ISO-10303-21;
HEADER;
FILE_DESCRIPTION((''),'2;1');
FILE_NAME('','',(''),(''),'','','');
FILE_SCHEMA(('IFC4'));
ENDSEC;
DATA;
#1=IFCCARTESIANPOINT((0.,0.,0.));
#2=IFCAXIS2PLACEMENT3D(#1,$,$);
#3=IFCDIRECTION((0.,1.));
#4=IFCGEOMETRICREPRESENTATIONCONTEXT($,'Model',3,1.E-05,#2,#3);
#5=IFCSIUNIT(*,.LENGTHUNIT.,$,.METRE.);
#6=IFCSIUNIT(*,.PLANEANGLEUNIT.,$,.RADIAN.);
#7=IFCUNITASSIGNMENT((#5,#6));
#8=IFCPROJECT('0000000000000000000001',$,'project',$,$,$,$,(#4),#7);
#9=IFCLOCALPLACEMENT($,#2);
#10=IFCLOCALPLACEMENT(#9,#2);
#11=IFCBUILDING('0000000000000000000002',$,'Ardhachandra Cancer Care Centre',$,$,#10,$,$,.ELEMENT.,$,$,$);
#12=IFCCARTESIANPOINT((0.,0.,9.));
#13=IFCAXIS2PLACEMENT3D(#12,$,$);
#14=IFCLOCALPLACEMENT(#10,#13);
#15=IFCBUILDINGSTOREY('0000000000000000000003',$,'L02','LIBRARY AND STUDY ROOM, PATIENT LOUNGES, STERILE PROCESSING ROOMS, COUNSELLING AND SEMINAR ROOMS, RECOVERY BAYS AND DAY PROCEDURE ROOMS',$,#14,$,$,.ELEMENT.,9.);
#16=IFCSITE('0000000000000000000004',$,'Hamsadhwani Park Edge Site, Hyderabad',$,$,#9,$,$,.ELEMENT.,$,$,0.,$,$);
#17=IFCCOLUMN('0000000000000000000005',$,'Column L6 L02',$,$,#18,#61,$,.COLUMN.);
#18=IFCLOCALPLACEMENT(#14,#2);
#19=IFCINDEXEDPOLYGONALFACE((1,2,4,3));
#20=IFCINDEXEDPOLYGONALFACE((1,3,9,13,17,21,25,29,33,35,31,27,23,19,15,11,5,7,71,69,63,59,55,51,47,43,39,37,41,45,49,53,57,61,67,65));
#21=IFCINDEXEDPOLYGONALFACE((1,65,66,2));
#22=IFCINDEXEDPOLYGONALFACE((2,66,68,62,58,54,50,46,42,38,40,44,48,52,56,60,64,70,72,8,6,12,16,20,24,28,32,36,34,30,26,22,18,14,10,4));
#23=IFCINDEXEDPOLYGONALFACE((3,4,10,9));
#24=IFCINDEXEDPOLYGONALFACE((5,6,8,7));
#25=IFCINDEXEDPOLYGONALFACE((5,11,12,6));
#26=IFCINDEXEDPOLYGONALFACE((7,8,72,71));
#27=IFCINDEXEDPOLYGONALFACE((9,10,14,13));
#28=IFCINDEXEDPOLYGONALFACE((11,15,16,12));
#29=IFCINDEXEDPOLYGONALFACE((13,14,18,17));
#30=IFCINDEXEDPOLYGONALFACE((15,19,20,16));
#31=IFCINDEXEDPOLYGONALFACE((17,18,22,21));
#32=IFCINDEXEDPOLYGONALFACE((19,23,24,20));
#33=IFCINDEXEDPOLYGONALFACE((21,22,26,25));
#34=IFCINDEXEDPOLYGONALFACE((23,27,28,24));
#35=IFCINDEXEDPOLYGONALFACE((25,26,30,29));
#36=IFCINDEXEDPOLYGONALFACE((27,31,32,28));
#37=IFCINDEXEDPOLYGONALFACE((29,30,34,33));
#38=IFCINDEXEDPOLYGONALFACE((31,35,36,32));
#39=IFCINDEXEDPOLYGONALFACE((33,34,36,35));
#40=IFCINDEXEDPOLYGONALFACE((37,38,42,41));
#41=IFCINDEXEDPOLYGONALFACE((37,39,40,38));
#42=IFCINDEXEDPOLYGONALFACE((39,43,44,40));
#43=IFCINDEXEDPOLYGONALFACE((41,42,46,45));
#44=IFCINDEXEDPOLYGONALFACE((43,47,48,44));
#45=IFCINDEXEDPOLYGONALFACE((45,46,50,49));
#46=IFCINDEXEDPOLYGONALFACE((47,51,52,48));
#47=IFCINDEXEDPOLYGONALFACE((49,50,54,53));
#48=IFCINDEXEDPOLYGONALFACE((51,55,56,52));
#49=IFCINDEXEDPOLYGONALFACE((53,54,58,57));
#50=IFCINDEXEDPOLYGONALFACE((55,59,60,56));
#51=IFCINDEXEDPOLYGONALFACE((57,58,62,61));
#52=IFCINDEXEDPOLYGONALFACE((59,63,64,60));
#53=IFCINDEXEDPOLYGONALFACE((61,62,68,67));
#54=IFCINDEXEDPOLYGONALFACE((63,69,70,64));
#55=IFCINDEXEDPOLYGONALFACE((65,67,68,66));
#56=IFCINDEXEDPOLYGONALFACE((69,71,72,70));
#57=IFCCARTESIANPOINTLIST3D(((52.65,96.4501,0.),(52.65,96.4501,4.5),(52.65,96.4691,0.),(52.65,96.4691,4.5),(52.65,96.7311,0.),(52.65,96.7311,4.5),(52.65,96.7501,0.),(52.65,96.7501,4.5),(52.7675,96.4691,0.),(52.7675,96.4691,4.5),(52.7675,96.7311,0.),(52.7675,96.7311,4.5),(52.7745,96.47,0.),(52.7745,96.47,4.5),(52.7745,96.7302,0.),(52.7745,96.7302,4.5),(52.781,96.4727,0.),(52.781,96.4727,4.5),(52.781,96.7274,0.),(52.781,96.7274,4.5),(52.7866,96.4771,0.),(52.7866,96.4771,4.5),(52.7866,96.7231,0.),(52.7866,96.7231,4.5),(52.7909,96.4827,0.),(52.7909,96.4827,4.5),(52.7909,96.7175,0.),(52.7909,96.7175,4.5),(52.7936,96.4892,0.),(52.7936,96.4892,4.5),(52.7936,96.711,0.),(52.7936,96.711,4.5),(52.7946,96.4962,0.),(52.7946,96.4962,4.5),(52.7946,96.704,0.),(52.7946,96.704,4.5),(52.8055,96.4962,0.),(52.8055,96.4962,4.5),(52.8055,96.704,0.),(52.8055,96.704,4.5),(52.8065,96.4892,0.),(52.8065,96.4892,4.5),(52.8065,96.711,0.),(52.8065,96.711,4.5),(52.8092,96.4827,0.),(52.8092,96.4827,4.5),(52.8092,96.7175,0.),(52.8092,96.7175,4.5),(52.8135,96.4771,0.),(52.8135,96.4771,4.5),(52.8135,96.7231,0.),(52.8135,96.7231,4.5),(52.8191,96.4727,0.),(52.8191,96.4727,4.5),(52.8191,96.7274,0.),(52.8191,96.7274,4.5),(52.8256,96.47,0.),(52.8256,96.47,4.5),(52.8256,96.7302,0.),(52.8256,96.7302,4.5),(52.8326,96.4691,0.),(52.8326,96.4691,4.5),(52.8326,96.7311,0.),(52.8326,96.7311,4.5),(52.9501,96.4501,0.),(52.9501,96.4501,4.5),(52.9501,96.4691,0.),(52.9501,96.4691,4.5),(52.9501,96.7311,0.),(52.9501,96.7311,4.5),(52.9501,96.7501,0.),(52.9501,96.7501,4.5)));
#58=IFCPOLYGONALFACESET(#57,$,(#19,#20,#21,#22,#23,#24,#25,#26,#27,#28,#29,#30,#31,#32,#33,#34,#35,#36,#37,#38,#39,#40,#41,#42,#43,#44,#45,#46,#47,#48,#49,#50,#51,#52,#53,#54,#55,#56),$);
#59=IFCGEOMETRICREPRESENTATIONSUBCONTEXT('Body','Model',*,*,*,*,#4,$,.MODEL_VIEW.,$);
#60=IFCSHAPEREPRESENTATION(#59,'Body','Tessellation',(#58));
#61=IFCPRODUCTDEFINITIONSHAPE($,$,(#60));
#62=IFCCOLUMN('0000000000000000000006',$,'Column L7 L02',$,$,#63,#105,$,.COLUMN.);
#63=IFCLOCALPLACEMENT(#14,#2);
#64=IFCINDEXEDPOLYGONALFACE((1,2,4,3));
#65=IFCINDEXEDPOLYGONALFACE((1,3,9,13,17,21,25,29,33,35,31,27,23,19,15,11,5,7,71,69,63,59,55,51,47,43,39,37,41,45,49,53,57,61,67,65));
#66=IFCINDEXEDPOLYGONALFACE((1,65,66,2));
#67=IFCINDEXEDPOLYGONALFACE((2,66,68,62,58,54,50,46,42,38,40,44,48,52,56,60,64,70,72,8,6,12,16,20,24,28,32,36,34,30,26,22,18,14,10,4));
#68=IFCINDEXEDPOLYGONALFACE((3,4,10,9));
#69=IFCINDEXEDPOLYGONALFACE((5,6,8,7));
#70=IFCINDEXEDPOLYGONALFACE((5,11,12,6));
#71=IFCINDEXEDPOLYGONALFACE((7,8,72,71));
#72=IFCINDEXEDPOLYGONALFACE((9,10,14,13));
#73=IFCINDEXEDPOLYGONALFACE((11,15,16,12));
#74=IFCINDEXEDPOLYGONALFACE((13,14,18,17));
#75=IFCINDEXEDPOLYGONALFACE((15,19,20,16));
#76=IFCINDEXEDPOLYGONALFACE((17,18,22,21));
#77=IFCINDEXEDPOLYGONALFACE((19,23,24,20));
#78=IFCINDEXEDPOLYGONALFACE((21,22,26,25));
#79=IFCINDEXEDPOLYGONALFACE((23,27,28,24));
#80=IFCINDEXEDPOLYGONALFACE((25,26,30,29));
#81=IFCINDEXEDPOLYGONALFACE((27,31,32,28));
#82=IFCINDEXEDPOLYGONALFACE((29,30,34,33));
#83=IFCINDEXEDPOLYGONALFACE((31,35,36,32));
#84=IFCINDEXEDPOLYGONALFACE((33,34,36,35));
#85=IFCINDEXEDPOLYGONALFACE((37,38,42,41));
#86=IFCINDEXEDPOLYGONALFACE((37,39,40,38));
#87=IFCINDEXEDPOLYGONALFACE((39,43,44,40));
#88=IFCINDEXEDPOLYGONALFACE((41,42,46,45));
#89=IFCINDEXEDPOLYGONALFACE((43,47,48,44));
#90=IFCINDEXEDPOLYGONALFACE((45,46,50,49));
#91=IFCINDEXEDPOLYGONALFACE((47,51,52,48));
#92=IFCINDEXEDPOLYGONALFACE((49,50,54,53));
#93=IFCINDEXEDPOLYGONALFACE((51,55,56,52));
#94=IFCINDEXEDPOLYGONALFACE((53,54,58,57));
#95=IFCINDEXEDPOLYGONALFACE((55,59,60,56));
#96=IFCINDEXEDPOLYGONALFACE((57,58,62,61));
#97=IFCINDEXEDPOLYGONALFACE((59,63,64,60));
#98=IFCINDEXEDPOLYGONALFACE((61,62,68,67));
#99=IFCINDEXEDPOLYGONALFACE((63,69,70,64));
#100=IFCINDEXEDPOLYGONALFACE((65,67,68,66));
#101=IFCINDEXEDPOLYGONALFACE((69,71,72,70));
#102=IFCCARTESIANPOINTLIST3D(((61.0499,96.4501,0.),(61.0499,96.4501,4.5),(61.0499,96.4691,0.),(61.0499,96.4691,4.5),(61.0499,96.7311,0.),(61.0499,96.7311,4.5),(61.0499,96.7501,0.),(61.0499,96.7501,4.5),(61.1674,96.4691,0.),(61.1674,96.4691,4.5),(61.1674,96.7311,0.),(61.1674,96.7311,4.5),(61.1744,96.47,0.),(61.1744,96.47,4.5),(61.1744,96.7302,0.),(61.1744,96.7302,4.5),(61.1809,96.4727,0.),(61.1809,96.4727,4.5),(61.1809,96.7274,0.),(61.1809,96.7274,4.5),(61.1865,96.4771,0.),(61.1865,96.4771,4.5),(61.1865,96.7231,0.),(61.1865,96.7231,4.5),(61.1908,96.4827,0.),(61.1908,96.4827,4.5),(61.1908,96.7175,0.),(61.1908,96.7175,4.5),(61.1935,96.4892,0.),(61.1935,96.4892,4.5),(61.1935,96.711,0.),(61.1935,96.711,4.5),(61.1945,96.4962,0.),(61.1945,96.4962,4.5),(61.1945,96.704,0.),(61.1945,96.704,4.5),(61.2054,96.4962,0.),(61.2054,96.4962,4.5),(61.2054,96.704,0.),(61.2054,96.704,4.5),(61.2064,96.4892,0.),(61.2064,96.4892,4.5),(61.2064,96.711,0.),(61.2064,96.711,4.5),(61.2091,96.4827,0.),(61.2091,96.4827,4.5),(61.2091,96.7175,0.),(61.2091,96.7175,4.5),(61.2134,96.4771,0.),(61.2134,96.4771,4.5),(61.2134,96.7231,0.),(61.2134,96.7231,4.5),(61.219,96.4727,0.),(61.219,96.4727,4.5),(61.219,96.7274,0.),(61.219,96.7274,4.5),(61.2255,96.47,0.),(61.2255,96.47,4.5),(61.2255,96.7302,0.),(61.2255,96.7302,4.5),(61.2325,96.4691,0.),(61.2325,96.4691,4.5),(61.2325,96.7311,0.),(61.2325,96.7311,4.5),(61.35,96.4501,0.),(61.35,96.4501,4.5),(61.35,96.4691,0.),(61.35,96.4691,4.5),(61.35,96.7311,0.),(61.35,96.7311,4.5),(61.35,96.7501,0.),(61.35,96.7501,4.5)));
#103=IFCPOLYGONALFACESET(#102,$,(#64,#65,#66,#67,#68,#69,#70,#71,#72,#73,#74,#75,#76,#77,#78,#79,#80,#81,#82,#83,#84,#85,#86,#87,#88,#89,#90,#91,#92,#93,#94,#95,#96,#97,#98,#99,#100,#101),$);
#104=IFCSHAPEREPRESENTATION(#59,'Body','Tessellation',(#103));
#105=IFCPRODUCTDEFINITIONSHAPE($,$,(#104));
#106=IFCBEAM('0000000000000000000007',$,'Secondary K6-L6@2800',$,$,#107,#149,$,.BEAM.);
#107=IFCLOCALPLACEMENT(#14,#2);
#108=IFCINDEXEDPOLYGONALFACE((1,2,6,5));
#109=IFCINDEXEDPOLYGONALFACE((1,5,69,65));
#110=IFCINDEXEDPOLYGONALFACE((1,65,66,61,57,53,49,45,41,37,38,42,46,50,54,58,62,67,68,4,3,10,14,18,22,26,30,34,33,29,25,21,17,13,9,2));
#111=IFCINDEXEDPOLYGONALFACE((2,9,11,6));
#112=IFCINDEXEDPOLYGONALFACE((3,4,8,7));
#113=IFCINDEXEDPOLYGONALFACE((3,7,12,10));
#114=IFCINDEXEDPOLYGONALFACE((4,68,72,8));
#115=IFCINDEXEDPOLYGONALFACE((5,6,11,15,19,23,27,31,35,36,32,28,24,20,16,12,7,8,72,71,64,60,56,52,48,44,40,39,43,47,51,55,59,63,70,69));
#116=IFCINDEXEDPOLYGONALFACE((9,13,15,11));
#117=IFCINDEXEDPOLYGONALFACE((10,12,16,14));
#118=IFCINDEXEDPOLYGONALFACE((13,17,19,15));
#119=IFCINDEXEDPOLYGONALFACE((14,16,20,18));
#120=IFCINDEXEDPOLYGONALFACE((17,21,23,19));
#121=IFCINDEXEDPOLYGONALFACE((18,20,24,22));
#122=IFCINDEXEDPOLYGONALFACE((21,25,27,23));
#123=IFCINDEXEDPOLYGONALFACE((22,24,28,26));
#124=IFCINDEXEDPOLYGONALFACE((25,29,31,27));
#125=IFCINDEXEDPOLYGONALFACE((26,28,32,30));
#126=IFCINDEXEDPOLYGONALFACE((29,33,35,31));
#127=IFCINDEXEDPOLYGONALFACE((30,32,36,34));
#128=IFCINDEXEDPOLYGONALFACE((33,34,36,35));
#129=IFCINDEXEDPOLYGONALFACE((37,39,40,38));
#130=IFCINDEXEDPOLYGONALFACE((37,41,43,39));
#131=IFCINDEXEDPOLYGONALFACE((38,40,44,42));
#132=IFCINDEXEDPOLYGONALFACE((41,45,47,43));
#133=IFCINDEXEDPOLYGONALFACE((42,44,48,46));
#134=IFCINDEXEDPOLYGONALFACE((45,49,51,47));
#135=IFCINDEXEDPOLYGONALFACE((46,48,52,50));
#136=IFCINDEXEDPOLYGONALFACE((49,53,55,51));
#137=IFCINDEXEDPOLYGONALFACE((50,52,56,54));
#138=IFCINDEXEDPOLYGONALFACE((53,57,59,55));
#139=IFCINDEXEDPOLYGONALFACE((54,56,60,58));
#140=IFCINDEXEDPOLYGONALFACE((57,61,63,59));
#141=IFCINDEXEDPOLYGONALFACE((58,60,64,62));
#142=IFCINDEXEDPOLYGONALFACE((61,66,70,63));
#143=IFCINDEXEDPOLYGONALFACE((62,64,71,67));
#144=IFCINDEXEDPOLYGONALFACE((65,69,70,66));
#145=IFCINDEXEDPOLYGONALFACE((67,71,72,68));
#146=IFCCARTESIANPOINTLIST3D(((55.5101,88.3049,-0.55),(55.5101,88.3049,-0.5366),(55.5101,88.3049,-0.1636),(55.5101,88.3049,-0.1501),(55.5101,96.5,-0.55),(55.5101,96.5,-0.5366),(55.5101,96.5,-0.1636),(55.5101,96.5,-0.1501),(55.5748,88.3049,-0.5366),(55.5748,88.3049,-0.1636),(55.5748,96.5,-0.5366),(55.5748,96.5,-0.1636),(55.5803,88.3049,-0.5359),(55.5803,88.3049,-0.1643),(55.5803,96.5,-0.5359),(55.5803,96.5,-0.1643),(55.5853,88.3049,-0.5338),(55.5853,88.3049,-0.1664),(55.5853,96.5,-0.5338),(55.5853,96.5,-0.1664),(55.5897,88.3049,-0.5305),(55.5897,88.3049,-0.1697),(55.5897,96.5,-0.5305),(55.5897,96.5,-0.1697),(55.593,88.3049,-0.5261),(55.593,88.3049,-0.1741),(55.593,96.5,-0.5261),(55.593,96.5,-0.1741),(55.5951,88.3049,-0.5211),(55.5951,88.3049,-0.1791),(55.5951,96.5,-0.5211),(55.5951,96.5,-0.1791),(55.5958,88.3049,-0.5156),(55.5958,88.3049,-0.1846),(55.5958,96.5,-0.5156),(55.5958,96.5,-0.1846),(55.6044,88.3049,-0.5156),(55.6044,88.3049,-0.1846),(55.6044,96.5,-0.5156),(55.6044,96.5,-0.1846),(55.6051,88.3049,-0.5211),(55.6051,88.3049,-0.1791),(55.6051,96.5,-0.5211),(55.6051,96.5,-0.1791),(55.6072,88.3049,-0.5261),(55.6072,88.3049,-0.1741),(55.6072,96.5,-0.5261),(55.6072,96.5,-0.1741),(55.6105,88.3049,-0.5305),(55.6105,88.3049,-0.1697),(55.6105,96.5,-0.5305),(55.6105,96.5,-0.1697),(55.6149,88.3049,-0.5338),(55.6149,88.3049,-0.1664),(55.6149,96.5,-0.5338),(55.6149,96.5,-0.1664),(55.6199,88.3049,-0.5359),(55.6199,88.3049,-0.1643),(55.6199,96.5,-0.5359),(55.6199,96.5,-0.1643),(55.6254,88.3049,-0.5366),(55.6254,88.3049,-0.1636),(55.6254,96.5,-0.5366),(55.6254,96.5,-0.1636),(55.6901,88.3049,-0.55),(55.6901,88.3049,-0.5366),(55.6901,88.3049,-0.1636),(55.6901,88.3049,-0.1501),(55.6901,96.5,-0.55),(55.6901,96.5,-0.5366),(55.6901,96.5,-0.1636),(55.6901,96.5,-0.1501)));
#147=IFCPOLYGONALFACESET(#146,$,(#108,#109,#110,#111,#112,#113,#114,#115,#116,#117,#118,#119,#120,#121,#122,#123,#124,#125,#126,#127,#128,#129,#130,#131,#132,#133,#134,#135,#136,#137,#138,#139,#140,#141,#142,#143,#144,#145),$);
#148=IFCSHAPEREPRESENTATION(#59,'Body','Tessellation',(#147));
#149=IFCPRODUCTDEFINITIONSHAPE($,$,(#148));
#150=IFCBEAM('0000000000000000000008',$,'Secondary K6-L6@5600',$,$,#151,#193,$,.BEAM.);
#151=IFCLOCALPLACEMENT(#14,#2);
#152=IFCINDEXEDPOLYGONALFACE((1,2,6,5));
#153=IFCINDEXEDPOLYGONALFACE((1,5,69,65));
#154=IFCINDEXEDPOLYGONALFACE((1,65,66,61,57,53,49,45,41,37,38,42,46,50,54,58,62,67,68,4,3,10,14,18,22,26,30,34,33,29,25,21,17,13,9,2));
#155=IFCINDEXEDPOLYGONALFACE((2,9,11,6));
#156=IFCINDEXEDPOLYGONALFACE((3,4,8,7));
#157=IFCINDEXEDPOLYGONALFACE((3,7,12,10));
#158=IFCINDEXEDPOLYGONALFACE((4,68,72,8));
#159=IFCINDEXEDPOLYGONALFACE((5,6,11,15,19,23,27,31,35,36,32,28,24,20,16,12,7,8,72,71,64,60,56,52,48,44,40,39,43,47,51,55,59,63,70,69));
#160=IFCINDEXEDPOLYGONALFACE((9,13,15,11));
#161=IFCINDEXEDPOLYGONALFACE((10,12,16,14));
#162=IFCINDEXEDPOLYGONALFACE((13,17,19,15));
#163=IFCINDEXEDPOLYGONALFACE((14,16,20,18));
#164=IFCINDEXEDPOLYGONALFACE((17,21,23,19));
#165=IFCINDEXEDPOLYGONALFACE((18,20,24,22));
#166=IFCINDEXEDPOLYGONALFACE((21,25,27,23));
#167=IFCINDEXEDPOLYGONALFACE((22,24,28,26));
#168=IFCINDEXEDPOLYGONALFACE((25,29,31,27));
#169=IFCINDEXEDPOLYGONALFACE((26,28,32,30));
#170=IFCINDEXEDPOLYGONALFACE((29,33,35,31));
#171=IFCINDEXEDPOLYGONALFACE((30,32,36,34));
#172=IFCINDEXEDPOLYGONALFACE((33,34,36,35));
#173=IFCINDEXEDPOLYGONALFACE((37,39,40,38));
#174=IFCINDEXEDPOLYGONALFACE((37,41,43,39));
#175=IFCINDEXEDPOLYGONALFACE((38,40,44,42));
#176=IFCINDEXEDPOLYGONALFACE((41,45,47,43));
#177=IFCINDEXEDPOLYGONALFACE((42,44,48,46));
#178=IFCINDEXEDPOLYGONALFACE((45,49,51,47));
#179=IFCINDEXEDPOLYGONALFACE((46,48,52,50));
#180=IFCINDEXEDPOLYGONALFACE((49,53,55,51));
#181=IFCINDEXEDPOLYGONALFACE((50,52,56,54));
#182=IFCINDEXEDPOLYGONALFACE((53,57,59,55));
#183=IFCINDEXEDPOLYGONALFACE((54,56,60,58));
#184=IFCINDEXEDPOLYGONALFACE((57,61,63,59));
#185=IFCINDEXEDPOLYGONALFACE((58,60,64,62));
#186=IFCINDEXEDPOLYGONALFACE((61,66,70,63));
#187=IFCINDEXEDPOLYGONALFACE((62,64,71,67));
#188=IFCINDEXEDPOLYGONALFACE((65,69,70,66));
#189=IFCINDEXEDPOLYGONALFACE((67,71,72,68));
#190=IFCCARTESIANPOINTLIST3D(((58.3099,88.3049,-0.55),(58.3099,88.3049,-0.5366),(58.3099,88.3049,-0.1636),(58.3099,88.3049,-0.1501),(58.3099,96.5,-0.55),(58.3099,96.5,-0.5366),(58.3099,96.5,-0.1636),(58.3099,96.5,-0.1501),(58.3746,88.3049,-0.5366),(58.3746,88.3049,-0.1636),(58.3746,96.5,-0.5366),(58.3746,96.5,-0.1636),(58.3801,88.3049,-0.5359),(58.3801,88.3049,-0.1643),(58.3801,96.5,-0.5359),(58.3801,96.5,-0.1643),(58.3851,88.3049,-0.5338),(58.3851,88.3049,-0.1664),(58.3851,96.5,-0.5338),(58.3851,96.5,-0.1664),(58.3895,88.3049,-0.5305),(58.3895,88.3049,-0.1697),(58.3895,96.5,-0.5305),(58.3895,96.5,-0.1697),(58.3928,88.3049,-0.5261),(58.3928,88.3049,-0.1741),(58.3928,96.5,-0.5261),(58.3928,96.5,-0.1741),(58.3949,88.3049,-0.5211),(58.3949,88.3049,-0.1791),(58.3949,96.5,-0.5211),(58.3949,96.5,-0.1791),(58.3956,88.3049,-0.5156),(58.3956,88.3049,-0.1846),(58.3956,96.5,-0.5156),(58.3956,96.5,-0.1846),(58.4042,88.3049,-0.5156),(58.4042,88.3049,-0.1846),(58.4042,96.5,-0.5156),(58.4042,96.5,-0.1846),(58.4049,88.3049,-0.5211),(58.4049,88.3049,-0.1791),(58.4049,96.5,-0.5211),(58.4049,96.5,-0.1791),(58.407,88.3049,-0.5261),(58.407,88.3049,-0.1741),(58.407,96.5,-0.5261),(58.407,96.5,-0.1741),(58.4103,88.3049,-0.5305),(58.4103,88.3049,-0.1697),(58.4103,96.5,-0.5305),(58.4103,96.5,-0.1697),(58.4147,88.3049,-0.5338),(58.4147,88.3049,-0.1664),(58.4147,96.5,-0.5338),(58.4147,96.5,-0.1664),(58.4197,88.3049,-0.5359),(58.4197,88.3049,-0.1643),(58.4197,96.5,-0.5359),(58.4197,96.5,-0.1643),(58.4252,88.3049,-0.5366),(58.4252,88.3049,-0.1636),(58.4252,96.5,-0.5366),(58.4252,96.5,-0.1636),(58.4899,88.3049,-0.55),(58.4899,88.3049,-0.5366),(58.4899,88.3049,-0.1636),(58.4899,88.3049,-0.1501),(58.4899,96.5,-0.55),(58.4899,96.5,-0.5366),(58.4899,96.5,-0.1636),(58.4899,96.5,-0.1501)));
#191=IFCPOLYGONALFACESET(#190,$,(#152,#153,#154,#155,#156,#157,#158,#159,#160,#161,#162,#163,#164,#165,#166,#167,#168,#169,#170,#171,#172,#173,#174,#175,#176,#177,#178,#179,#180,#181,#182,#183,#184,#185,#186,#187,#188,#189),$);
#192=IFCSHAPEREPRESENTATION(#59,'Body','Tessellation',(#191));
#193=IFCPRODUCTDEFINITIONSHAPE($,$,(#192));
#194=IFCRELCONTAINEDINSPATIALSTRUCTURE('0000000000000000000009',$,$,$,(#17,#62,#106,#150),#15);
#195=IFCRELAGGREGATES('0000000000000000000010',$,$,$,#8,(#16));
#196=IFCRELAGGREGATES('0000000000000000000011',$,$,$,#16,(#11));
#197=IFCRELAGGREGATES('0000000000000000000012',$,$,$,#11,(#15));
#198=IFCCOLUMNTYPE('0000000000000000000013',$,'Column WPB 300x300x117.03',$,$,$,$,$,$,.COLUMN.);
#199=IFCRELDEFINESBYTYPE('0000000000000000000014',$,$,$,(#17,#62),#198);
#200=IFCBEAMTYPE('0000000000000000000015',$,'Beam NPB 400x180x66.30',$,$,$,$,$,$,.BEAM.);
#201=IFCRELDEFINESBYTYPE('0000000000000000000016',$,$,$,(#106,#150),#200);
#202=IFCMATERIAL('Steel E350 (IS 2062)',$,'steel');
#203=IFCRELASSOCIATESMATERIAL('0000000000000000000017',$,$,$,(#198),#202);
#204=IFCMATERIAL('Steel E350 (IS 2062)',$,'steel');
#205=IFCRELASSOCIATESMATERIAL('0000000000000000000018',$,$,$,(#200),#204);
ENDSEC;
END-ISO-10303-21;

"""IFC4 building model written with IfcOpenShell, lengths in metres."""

from ifc_helpers import new_model, si_unit, direction, frame, origin, origin_2d, place, context, subcontext, project, spatial, i_section, extrude, material, material_profile, profile_set, type_object, element, save


model = new_model("IFC4")

# Units and contexts
model_context = context("Model", 3, precision=1e-05, world=origin(), true_north=direction((0.0, 1.0)))
body_context = subcontext(model_context, "Body", "Model", "MODEL_VIEW")
ifc_project = project(units=[si_unit("LENGTHUNIT", "METRE"), si_unit("PLANEANGLEUNIT", "RADIAN")], contexts=[model_context])

# Site, building, storey
site_placement = place(None, origin())
site = spatial("IfcSite", under=ifc_project, at=site_placement, Name="Hamsadhwani Park Edge Site, Hyderabad", CompositionType="ELEMENT", RefElevation=0.0)
building_placement = place(site_placement, origin())
building = spatial("IfcBuilding", under=site, at=building_placement, Name="Ardhachandra Cancer Care Centre", CompositionType="ELEMENT")
storey_placement = place(building_placement, frame((0.0, 0.0, 9.0)))
storey = spatial("IfcBuildingStorey", under=building, at=storey_placement, Name="L02", Description="LIBRARY AND STUDY ROOM, PATIENT LOUNGES, STERILE PROCESSING ROOMS, COUNSELLING AND SEMINAR ROOMS, RECOVERY BAYS AND DAY PROCEDURE ROOMS", CompositionType="ELEMENT", Elevation=9.0)

# Columns
ifc_material_1 = material(Name="Steel E350 (IS 2062)", Category="steel")
ifc_material_profile_1 = material_profile(ifc_material_1, i_section(OverallWidth=0.3, OverallDepth=0.3, WebThickness=0.011, FlangeThickness=0.019, FilletRadius=0.0271, at=origin_2d()), Name="WPB 300x300x117.03")
ifc_profile_set_1 = profile_set([ifc_material_profile_1], Name="Steel E350 (IS 2062)")
column_type = type_object("IfcColumnType", Name="Column WPB 300x300x117.03", PredefinedType="COLUMN", material=ifc_profile_set_1)
for number, where, z_axis, x_axis, name in (
    (1, (52.8, 96.6001, 0.0), (0.0, 0.0, 1.0), (1.0, 0.0, 0.0), "Column L6 L02"),
    (2, (61.2, 96.6001, 0.0), (0.0, 0.0, 1.0), (1.0, 0.0, 0.0), "Column L7 L02"),
):
    element("IfcColumn", number, at=place(storey_placement, frame(where, z_axis=z_axis, x_axis=x_axis)), inside=storey, type_object=column_type, Name=name, PredefinedType="COLUMN", context=body_context, shape_type="SweptSolid", body=[
        extrude(i_section(OverallWidth=0.3, OverallDepth=0.3, WebThickness=0.011, FlangeThickness=0.019, FilletRadius=0.0271, at=origin_2d()), origin(), (0.0, 0.0, 1.0), 4.5),
    ])

# Beams
ifc_material_2 = material(Name="Steel E350 (IS 2062)", Category="steel")
ifc_material_profile_2 = material_profile(ifc_material_2, i_section(OverallWidth=0.1799, OverallDepth=0.3999, WebThickness=0.0085, FlangeThickness=0.0134, FilletRadius=0.021, at=origin_2d()), Name="NPB 400x180x66.30")
ifc_profile_set_2 = profile_set([ifc_material_profile_2], Name="Steel E350 (IS 2062)")
beam_type_1 = type_object("IfcBeamType", Name="Beam NPB 400x180x66.30", PredefinedType="BEAM", material=ifc_profile_set_2)
for number, where, z_axis, x_axis, name in (
    (3, (55.6001, 88.3049, -0.3501), (0.0, 1.0, 0.0), (-1.0, 0.0, 0.0), "Secondary K6-L6@2800"),
    (4, (58.3999, 88.3049, -0.3501), (0.0, 1.0, 0.0), (-1.0, 0.0, 0.0), "Secondary K6-L6@5600"),
):
    element("IfcBeam", number, at=place(storey_placement, frame(where, z_axis=z_axis, x_axis=x_axis)), inside=storey, type_object=beam_type_1, Name=name, PredefinedType="BEAM", context=body_context, shape_type="SweptSolid", body=[
        extrude(i_section(OverallWidth=0.1799, OverallDepth=0.3999, WebThickness=0.0085, FlangeThickness=0.0134, FilletRadius=0.021, at=origin_2d()), origin(), (0.0, 0.0, 1.0), 8.1951),
    ])

save(model, "model.ifc")
